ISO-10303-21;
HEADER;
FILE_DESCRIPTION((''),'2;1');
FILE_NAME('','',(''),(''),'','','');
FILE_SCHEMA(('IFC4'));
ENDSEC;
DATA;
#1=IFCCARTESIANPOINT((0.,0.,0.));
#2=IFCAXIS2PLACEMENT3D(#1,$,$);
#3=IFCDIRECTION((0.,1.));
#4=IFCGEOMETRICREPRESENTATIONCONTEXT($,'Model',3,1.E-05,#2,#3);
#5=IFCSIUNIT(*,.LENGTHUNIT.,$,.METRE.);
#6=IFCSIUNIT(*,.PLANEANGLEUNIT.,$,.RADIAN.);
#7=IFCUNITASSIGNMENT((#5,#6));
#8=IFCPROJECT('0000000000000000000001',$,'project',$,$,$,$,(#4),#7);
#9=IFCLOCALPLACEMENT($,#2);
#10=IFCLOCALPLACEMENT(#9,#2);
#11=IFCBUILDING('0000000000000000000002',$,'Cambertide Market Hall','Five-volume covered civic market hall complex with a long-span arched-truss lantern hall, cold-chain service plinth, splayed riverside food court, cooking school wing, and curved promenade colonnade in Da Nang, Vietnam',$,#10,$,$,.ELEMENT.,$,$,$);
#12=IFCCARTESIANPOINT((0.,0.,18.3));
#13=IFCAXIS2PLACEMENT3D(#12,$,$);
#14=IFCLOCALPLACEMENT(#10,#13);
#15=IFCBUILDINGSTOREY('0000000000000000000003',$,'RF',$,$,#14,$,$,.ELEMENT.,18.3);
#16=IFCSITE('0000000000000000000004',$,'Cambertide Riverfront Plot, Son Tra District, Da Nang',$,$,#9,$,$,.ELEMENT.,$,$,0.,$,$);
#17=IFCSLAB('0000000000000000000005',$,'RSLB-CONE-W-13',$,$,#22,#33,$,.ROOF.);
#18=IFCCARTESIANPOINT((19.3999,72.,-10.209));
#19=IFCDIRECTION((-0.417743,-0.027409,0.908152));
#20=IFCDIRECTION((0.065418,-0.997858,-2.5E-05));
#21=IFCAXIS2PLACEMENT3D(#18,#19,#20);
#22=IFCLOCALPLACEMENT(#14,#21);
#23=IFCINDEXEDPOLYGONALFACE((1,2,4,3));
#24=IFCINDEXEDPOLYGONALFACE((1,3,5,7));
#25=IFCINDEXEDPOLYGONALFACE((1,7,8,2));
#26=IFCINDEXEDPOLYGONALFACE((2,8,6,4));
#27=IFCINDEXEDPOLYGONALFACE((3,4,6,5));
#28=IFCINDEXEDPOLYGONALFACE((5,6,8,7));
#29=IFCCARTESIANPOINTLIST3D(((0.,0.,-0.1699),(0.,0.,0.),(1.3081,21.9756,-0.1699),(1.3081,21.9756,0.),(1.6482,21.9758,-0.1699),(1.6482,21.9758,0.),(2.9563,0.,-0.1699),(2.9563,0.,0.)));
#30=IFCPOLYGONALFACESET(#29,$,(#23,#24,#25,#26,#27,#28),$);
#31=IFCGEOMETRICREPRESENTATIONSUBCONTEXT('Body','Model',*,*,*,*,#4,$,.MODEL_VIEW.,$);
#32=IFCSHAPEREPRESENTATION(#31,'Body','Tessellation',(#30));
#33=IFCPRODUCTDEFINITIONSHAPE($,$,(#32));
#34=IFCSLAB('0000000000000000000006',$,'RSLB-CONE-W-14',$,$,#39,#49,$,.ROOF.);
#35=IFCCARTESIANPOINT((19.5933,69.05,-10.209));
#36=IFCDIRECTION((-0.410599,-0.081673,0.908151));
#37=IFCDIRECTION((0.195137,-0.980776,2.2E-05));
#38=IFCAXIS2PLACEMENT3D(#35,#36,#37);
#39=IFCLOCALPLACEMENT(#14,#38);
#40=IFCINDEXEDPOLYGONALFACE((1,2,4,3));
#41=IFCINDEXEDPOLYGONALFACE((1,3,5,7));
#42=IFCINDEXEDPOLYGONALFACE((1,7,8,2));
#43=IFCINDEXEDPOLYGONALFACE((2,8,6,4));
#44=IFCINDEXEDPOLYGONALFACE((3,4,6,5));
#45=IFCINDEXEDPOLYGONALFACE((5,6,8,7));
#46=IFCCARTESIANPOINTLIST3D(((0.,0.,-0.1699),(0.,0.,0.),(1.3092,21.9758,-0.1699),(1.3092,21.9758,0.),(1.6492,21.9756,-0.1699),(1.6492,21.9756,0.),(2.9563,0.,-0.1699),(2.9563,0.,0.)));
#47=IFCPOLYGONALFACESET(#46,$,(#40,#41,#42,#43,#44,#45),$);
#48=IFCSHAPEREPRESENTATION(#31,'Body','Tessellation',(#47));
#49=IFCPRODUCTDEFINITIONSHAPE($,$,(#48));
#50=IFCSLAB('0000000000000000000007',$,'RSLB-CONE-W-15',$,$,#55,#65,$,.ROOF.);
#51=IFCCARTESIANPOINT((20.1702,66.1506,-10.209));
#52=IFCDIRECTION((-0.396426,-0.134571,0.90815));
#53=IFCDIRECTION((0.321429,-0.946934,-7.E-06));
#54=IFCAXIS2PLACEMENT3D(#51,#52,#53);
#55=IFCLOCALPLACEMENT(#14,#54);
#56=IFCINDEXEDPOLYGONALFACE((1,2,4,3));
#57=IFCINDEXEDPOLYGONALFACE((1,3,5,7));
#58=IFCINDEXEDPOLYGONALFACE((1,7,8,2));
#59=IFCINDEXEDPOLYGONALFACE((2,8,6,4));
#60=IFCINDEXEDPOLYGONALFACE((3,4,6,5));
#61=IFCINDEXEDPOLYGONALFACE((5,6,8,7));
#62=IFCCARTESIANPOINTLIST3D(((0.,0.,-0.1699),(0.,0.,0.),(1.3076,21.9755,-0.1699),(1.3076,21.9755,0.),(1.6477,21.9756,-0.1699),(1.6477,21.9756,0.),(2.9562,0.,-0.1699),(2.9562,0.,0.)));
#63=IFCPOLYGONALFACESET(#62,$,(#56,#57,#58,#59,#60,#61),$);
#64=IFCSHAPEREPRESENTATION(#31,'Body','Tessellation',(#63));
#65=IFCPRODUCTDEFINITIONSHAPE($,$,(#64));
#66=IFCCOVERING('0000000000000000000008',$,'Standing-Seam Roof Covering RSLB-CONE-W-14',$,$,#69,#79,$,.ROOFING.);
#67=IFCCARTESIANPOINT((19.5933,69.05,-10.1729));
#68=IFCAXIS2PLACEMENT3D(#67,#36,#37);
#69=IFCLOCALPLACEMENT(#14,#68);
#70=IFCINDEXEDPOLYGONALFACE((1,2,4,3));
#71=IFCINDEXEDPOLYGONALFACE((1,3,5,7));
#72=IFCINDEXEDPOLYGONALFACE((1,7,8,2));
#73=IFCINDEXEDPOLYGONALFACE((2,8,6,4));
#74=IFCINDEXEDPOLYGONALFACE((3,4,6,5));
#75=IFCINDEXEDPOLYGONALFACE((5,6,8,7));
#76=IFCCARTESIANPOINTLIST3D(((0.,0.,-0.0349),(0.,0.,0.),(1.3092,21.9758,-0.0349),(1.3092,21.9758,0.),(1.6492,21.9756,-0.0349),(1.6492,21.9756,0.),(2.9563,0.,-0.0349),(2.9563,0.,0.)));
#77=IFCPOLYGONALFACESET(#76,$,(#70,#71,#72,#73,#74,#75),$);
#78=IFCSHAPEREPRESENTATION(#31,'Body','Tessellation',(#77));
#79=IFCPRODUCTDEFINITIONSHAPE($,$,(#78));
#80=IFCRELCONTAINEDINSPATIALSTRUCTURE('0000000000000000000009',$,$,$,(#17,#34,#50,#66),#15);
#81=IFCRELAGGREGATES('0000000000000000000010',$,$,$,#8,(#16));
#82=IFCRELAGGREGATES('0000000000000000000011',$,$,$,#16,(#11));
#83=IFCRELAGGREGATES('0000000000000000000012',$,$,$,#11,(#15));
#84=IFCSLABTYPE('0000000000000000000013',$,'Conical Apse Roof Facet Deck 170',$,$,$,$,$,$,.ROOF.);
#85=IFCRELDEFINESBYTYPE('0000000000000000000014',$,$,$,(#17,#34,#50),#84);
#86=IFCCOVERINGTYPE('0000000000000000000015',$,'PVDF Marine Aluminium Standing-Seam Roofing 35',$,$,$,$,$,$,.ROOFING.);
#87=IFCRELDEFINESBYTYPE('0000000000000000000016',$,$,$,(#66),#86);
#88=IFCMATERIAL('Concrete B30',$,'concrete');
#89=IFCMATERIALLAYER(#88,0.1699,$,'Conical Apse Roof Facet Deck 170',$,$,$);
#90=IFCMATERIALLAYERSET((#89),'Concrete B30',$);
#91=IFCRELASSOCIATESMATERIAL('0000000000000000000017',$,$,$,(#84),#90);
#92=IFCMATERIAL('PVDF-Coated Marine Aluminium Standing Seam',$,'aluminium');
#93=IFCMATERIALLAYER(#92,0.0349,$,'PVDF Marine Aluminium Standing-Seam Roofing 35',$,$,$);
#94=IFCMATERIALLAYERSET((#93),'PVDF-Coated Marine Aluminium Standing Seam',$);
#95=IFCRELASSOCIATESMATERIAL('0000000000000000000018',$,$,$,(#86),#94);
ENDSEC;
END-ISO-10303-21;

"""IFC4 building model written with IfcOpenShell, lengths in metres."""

from ifc_helpers import new_model, si_unit, direction, frame, origin, place, context, subcontext, project, spatial, polyline, outline, extrude, material, layer, layer_set, type_object, element, save


model = new_model("IFC4")

# Units and contexts
model_context = context("Model", 3, precision=1e-05, world=origin(), true_north=direction((0.0, 1.0)))
body_context = subcontext(model_context, "Body", "Model", "MODEL_VIEW")
ifc_project = project(units=[si_unit("LENGTHUNIT", "METRE"), si_unit("PLANEANGLEUNIT", "RADIAN")], contexts=[model_context])

# Site, building, storey
site_placement = place(None, origin())
site = spatial("IfcSite", under=ifc_project, at=site_placement, Name="Cambertide Riverfront Plot, Son Tra District, Da Nang", CompositionType="ELEMENT", RefElevation=0.0)
building_placement = place(site_placement, origin())
building = spatial("IfcBuilding", under=site, at=building_placement, Name="Cambertide Market Hall", Description="Five-volume covered civic market hall complex with a long-span arched-truss lantern hall, cold-chain service plinth, splayed riverside food court, cooking school wing, and curved promenade colonnade in Da Nang, Vietnam", CompositionType="ELEMENT")
storey_placement = place(building_placement, frame((0.0, 0.0, 18.3)))
storey = spatial("IfcBuildingStorey", under=building, at=storey_placement, Name="RF", CompositionType="ELEMENT", Elevation=18.3)

# Slabs
ifc_material_1 = material(Name="Concrete B30", Category="concrete")
ifc_layer_1 = layer(ifc_material_1, 0.1699, Name="Conical Apse Roof Facet Deck 170")
ifc_layer_set_1 = layer_set([ifc_layer_1], Name="Concrete B30")
slab_type = type_object("IfcSlabType", Name="Conical Apse Roof Facet Deck 170", PredefinedType="ROOF", material=ifc_layer_set_1)
slab_1_placement = place(storey_placement, frame((19.3999, 72.0, -10.209), z_axis=(-0.417743, -0.027409, 0.908152), x_axis=(0.065418, -0.997858, -0.000025)))
element("IfcSlab", 1, at=slab_1_placement, inside=storey, type_object=slab_type, Name="RSLB-CONE-W-13", PredefinedType="ROOF", context=body_context, shape_type="SweptSolid", body=[
    extrude(outline(polyline([(0.0, 0.0), (2.9563, 0.0), (1.6482, 21.9758), (1.3081, 21.9756), (0.0, 0.0)])), origin(), (0.0, 0.0, -1.0), 0.1699),
])
slab_2_placement = place(storey_placement, frame((19.5933, 69.05, -10.209), z_axis=(-0.410599, -0.081673, 0.908151), x_axis=(0.195137, -0.980776, 0.000022)))
element("IfcSlab", 2, at=slab_2_placement, inside=storey, type_object=slab_type, Name="RSLB-CONE-W-14", PredefinedType="ROOF", context=body_context, shape_type="SweptSolid", body=[
    extrude(outline(polyline([(0.0, 0.0), (2.9563, 0.0), (1.6492, 21.9756), (1.3092, 21.9758), (0.0, 0.0)])), origin(), (0.0, 0.0, -1.0), 0.1699),
])
slab_3_placement = place(storey_placement, frame((20.1702, 66.1506, -10.209), z_axis=(-0.396426, -0.134571, 0.90815), x_axis=(0.321429, -0.946934, -0.000007)))
element("IfcSlab", 3, at=slab_3_placement, inside=storey, type_object=slab_type, Name="RSLB-CONE-W-15", PredefinedType="ROOF", context=body_context, shape_type="SweptSolid", body=[
    extrude(outline(polyline([(0.0, 0.0), (2.9562, 0.0), (1.6477, 21.9756), (1.3076, 21.9755), (0.0, 0.0)])), origin(), (0.0, 0.0, -1.0), 0.1699),
])

# Covering
ifc_material_2 = material(Name="PVDF-Coated Marine Aluminium Standing Seam", Category="aluminium")
ifc_layer_2 = layer(ifc_material_2, 0.0349, Name="PVDF Marine Aluminium Standing-Seam Roofing 35")
ifc_layer_set_2 = layer_set([ifc_layer_2], Name="PVDF-Coated Marine Aluminium Standing Seam")
covering_type = type_object("IfcCoveringType", Name="PVDF Marine Aluminium Standing-Seam Roofing 35", PredefinedType="ROOFING", material=ifc_layer_set_2)
covering_1_placement = place(storey_placement, frame((19.5933, 69.05, -10.1729), z_axis=(-0.410599, -0.081673, 0.908151), x_axis=(0.195137, -0.980776, 0.000022)))
element("IfcCovering", 4, at=covering_1_placement, inside=storey, type_object=covering_type, Name="Standing-Seam Roof Covering RSLB-CONE-W-14", PredefinedType="ROOFING", context=body_context, shape_type="SweptSolid", body=[
    extrude(outline(polyline([(0.0, 0.0), (2.9563, 0.0), (1.6492, 21.9756), (1.3092, 21.9758), (0.0, 0.0)])), origin(), (0.0, 0.0, -1.0), 0.0349),
])

save(model, "model.ifc")
